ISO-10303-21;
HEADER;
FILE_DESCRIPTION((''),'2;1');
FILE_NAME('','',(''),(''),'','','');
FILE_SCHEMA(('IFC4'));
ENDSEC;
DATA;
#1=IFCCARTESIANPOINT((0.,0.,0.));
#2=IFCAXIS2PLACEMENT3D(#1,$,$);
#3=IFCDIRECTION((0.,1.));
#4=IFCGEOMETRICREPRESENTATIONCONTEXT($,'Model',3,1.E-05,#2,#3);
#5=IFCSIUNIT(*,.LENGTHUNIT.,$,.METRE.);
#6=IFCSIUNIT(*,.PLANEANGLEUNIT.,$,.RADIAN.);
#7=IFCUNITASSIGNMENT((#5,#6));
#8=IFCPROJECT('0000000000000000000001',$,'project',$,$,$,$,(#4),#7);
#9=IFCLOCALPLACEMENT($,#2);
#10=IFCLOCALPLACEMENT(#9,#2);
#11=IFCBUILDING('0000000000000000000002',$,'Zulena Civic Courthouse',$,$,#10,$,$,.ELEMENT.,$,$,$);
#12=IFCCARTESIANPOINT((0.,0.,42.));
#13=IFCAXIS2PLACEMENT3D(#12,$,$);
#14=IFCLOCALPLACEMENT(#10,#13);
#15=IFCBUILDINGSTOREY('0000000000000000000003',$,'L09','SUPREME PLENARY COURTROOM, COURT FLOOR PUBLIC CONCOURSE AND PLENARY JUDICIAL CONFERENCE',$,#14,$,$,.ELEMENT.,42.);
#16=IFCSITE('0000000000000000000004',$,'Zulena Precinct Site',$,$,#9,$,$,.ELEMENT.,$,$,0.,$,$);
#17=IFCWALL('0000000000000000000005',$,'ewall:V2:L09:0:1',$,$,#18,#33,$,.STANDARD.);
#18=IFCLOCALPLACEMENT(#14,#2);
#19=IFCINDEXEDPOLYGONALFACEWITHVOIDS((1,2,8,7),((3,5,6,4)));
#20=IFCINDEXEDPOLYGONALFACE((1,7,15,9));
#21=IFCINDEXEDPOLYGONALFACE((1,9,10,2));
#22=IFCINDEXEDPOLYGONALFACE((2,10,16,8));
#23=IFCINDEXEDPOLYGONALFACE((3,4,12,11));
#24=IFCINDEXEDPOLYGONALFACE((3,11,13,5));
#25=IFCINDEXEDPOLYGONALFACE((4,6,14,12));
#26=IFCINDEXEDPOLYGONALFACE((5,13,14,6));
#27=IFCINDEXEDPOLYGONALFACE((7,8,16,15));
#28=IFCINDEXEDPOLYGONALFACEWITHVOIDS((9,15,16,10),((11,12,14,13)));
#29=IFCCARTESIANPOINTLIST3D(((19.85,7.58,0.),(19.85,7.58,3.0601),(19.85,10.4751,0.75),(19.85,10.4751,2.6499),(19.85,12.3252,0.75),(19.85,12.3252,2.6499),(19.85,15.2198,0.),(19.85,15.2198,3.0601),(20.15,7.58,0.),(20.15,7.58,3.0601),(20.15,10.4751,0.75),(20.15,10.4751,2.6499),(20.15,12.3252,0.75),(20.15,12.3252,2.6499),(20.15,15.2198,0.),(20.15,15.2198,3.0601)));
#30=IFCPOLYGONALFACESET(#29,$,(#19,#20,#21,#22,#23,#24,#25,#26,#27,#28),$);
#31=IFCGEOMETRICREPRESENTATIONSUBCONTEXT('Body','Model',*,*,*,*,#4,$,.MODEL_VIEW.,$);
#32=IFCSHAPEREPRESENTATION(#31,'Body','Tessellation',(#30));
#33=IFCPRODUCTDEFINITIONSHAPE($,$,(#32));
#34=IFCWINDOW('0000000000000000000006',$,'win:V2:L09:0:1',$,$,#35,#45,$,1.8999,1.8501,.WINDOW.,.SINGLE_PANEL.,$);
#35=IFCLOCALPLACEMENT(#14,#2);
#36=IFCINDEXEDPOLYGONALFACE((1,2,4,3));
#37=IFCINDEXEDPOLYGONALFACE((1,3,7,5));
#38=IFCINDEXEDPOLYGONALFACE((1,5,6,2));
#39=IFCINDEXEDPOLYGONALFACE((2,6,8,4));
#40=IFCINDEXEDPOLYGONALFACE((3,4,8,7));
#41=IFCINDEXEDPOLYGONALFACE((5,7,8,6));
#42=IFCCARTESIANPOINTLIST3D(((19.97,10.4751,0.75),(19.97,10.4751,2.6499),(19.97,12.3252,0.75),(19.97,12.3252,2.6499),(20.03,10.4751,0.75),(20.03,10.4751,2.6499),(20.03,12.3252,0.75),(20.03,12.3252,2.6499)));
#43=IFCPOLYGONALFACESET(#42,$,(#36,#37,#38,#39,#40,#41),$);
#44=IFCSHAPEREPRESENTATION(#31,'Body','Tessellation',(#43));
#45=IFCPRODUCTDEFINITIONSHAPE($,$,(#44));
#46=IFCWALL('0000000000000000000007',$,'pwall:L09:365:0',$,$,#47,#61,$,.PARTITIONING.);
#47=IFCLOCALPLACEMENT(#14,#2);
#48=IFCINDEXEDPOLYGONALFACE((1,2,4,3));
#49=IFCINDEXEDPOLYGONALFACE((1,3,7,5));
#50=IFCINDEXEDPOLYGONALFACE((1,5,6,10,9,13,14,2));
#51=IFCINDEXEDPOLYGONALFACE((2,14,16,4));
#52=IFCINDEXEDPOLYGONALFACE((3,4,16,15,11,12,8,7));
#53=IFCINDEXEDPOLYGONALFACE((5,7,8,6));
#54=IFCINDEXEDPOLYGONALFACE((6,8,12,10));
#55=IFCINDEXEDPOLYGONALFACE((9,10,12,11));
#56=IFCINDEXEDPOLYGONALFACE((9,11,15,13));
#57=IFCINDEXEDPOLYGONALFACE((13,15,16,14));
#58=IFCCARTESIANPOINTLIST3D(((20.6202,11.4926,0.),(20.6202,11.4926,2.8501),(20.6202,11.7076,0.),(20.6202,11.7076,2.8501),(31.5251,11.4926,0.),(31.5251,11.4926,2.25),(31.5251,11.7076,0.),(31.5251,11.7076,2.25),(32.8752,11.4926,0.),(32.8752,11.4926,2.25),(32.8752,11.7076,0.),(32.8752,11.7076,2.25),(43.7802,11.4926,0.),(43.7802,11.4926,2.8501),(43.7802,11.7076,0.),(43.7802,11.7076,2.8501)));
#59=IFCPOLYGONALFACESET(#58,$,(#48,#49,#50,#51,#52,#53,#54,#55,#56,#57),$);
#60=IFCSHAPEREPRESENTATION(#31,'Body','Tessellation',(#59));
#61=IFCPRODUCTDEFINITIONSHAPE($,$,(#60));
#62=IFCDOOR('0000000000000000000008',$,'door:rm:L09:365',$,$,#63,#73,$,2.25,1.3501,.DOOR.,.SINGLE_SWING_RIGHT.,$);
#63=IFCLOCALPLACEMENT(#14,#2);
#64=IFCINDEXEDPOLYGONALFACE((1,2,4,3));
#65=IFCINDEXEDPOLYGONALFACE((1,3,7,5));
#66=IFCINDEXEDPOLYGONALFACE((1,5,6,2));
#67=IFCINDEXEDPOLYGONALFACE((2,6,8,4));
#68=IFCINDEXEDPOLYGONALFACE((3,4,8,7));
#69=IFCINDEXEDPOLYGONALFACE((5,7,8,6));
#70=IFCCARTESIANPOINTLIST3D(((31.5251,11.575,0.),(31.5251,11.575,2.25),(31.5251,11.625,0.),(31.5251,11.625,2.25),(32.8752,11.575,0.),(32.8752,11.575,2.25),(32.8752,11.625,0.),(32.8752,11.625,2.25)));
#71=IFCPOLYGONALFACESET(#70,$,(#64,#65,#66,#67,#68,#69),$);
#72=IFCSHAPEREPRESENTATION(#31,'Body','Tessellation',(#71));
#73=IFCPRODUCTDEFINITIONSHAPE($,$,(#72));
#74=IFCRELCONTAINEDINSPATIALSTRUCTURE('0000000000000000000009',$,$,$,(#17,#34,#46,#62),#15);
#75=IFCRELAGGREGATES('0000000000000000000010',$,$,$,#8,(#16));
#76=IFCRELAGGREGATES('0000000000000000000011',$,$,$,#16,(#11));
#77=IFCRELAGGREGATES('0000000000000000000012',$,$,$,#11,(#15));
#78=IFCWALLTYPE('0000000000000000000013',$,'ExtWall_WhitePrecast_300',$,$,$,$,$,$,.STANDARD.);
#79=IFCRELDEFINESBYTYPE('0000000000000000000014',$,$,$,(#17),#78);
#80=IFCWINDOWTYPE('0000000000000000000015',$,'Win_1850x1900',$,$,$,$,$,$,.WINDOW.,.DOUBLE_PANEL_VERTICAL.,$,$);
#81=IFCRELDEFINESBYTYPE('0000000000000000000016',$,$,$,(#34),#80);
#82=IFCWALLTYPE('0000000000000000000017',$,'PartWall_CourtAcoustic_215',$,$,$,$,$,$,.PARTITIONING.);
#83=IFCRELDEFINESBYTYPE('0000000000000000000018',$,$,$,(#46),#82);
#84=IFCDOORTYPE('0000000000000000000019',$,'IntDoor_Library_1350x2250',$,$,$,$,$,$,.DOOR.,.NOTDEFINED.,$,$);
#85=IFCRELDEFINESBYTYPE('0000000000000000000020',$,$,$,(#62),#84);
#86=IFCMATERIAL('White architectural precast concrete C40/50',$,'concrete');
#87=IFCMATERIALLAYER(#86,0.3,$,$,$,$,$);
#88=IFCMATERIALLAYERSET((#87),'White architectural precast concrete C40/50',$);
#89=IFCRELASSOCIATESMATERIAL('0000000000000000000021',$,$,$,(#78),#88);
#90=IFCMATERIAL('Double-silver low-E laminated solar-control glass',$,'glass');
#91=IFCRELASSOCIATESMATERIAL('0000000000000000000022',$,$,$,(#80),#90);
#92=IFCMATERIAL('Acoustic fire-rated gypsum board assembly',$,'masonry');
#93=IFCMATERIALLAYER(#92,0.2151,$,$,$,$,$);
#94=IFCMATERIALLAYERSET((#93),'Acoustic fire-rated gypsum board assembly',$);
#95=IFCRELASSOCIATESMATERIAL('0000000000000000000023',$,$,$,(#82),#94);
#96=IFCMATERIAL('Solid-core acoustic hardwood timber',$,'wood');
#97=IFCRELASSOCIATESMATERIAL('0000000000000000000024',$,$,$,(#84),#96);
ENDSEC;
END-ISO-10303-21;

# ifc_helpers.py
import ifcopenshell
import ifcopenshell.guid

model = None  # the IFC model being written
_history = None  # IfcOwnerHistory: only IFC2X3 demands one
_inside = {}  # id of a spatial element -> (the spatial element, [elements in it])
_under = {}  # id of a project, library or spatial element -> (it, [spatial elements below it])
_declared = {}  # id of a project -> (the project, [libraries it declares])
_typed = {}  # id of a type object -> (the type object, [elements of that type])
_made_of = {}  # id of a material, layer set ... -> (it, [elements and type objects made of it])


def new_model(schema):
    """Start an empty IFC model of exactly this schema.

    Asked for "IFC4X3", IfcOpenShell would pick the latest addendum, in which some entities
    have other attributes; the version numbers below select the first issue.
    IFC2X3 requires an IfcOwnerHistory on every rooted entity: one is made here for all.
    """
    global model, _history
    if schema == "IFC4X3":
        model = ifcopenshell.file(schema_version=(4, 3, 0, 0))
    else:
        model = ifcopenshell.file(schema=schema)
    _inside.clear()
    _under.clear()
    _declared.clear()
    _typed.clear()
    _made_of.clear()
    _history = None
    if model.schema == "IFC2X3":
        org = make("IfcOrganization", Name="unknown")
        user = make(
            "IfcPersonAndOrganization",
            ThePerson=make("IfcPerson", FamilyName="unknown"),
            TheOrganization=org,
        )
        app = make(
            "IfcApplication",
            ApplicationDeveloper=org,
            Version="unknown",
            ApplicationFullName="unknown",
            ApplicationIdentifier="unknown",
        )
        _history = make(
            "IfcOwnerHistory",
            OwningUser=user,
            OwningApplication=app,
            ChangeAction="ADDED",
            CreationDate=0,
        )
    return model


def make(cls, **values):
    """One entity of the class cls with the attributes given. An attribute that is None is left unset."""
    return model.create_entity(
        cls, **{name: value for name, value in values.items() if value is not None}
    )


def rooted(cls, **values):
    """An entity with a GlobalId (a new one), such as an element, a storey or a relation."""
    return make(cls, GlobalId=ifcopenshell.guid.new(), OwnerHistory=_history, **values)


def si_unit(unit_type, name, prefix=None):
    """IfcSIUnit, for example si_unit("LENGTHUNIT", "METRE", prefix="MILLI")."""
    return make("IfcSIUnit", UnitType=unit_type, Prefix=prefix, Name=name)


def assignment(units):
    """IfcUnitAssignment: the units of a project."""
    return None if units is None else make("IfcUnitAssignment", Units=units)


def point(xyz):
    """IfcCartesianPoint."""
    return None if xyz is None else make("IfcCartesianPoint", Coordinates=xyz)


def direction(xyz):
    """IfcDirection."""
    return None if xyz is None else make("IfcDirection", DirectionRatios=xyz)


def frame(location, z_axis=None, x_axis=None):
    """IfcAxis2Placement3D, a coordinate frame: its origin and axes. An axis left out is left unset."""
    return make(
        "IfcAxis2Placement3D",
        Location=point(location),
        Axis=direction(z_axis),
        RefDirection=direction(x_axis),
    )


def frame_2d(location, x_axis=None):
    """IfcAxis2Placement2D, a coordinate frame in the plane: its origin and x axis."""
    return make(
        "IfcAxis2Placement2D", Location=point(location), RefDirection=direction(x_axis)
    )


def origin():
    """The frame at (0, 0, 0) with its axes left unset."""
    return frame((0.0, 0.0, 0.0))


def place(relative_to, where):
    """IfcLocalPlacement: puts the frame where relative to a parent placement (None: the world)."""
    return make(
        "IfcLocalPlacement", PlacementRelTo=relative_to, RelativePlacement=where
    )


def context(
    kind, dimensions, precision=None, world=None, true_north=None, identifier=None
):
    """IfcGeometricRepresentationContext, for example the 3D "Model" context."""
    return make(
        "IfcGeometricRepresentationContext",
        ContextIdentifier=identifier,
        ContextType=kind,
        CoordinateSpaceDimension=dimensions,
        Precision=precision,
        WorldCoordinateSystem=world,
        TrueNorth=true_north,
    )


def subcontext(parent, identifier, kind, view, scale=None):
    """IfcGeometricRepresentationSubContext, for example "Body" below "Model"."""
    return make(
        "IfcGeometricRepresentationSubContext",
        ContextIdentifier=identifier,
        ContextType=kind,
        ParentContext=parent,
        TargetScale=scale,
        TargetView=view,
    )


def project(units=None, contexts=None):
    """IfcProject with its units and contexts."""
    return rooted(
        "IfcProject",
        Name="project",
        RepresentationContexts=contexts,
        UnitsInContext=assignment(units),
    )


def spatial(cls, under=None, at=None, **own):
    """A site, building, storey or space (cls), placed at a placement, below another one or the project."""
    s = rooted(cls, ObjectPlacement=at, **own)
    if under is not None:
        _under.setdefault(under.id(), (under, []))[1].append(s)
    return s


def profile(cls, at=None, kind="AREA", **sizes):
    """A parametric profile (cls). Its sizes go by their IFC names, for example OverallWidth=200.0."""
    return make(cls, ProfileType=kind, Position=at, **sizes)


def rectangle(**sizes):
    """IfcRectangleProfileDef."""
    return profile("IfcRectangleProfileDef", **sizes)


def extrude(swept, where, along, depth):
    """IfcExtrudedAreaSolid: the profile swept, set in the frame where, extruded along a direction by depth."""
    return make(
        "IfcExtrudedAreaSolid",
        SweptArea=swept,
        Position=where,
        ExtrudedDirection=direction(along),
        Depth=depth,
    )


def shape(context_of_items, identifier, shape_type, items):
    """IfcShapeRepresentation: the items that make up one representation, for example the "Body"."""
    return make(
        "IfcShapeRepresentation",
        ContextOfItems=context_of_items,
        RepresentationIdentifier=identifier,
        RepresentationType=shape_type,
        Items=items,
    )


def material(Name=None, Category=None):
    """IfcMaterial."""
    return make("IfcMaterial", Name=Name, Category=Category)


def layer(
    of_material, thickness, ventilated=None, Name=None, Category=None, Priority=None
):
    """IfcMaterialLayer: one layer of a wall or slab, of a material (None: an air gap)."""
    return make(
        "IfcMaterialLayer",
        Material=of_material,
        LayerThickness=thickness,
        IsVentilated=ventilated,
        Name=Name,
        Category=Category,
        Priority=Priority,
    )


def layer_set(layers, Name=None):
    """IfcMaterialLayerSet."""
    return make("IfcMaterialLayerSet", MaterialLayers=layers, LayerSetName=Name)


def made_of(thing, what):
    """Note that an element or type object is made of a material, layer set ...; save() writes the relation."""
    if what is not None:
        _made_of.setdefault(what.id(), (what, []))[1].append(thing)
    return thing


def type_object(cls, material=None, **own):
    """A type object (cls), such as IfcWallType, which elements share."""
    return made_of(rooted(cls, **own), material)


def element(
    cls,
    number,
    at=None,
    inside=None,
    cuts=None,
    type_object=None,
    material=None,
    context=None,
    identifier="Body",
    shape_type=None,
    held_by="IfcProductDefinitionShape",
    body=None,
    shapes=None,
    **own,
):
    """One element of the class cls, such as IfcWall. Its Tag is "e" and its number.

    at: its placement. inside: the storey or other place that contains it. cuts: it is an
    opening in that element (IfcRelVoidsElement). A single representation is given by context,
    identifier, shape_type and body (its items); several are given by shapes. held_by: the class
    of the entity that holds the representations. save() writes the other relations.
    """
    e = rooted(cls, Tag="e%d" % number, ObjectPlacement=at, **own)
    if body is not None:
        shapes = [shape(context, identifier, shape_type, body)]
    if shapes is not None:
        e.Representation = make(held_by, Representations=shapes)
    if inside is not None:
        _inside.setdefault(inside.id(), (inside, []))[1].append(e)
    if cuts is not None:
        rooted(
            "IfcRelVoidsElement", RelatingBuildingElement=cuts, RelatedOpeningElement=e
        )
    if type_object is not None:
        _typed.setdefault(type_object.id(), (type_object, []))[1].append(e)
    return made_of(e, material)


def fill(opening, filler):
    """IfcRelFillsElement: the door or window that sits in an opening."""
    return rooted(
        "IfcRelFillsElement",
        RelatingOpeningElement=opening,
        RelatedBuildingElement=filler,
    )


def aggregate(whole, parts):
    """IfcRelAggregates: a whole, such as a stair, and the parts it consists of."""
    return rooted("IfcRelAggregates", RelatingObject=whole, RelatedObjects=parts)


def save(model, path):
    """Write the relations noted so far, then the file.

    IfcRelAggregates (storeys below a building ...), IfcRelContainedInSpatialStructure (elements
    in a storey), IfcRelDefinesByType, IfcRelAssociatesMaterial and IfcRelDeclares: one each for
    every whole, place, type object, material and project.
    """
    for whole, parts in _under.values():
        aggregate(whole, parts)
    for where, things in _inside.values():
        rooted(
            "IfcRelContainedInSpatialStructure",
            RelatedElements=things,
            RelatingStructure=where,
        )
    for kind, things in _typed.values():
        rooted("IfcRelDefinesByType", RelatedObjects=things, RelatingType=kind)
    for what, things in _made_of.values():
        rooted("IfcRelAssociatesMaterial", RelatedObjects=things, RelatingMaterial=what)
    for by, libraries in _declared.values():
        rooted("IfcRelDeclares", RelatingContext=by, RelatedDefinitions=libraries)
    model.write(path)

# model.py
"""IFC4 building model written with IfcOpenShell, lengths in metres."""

from ifc_helpers import new_model, si_unit, direction, frame, frame_2d, origin, place, context, subcontext, project, spatial, rectangle, extrude, material, layer, layer_set, type_object, element, fill, save


model = new_model("IFC4")

# Units and contexts
model_context = context("Model", 3, precision=1e-05, world=origin(), true_north=direction((0.0, 1.0)))
body_context = subcontext(model_context, "Body", "Model", "MODEL_VIEW")
ifc_project = project(units=[si_unit("LENGTHUNIT", "METRE"), si_unit("PLANEANGLEUNIT", "RADIAN")], contexts=[model_context])

# Site, building, storey
site_placement = place(None, origin())
site = spatial("IfcSite", under=ifc_project, at=site_placement, Name="Zulena Precinct Site", CompositionType="ELEMENT", RefElevation=0.0)
building_placement = place(site_placement, origin())
building = spatial("IfcBuilding", under=site, at=building_placement, Name="Zulena Civic Courthouse", CompositionType="ELEMENT")
storey_placement = place(building_placement, frame((0.0, 0.0, 42.0)))
storey = spatial("IfcBuildingStorey", under=building, at=storey_placement, Name="L09", Description="SUPREME PLENARY COURTROOM, COURT FLOOR PUBLIC CONCOURSE AND PLENARY JUDICIAL CONFERENCE", CompositionType="ELEMENT", Elevation=42.0)

# Shared definitions
ifc_material_1 = material(Name="Double-silver low-E laminated solar-control glass", Category="glass")

# Wall, opening, window
ifc_material_2 = material(Name="White architectural precast concrete C40/50", Category="concrete")
ifc_layer_1 = layer(ifc_material_2, 0.3)
ifc_layer_set_1 = layer_set([ifc_layer_1], Name="White architectural precast concrete C40/50")
wall_type_1 = type_object("IfcWallType", Name="ExtWall_WhitePrecast_300", PredefinedType="STANDARD", material=ifc_layer_set_1)
wall_1_placement = place(storey_placement, frame((20.0, 7.5801, 0.0), z_axis=(0.0, 0.0, 1.0), x_axis=(0.0, 1.0, 0.0)))
wall_1 = element("IfcWall", 1, at=wall_1_placement, inside=storey, type_object=wall_type_1, Name="ewall:V2:L09:0:1", PredefinedType="STANDARD", context=body_context, shape_type="SweptSolid", body=[
    extrude(rectangle(XDim=7.6399, YDim=0.3, at=frame_2d((3.8198, 0.0))), origin(), (0.0, 0.0, 1.0), 3.0601),
])
opening_1_placement = place(wall_1_placement, frame((2.895, 0.0, 0.75)))
opening_1 = element("IfcOpeningElement", 2, at=opening_1_placement, cuts=wall_1, PredefinedType="OPENING", context=body_context, shape_type="SweptSolid", body=[
    extrude(rectangle(XDim=1.8501, YDim=1.8999, at=frame_2d((0.925, 0.95))), frame((0.0, 0.1599, 0.0), z_axis=(0.0, -1.0, 0.0), x_axis=(1.0, 0.0, 0.0)), (0.0, 0.0, 1.0), 0.3201),
])
window_type = type_object("IfcWindowType", Name="Win_1850x1900", PartitioningType="DOUBLE_PANEL_VERTICAL", PredefinedType="WINDOW", material=ifc_material_1)
window_placement = place(opening_1_placement, origin())
window = element("IfcWindow", 3, at=window_placement, inside=storey, type_object=window_type, Name="win:V2:L09:0:1", OverallHeight=1.8999, OverallWidth=1.8501, PartitioningType="SINGLE_PANEL", PredefinedType="WINDOW", context=body_context, shape_type="SweptSolid", body=[
    extrude(rectangle(XDim=1.8501, YDim=1.8999, at=frame_2d((0.925, 0.95))), frame((0.0, 0.03, 0.0), z_axis=(0.0, -1.0, 0.0), x_axis=(1.0, 0.0, 0.0)), (0.0, 0.0, 1.0), 0.0601),
])
fill(opening_1, window)

# Wall, opening, door
ifc_material_3 = material(Name="Acoustic fire-rated gypsum board assembly", Category="masonry")
ifc_layer_2 = layer(ifc_material_3, 0.2151)
ifc_layer_set_2 = layer_set([ifc_layer_2], Name="Acoustic fire-rated gypsum board assembly")
wall_type_2 = type_object("IfcWallType", Name="PartWall_CourtAcoustic_215", PredefinedType="PARTITIONING", material=ifc_layer_set_2)
wall_2_placement = place(storey_placement, frame((20.6201, 11.6001, 0.0), z_axis=(0.0, 0.0, 1.0), x_axis=(1.0, 0.0, 0.0)))
wall_2 = element("IfcWall", 4, at=wall_2_placement, inside=storey, type_object=wall_type_2, Name="pwall:L09:365:0", PredefinedType="PARTITIONING", context=body_context, shape_type="SweptSolid", body=[
    extrude(rectangle(XDim=23.1599, YDim=0.2151, at=frame_2d((11.5801, 0.0))), origin(), (0.0, 0.0, 1.0), 2.8501),
])
opening_2_placement = place(wall_2_placement, frame((10.905, 0.0, 0.0)))
opening_2 = element("IfcOpeningElement", 5, at=opening_2_placement, cuts=wall_2, PredefinedType="OPENING", context=body_context, shape_type="SweptSolid", body=[
    extrude(rectangle(XDim=1.3501, YDim=2.25, at=frame_2d((0.675, 1.125))), frame((0.0, 0.1174, 0.0), z_axis=(0.0, -1.0, 0.0), x_axis=(1.0, 0.0, 0.0)), (0.0, 0.0, 1.0), 0.2351),
])
ifc_material_4 = material(Name="Solid-core acoustic hardwood timber", Category="wood")
door_type_1 = type_object("IfcDoorType", Name="IntDoor_Library_1350x2250", OperationType="NOTDEFINED", PredefinedType="DOOR", material=ifc_material_4)
door_1_placement = place(opening_2_placement, origin())
door_1 = element("IfcDoor", 6, at=door_1_placement, inside=storey, type_object=door_type_1, Name="door:rm:L09:365", OperationType="SINGLE_SWING_RIGHT", OverallHeight=2.25, OverallWidth=1.3501, PredefinedType="DOOR", context=body_context, shape_type="SweptSolid", body=[
    extrude(rectangle(XDim=1.3501, YDim=2.25, at=frame_2d((0.675, 1.125))), frame((0.0, 0.0249, 0.0), z_axis=(0.0, -1.0, 0.0), x_axis=(1.0, 0.0, 0.0)), (0.0, 0.0, 1.0), 0.05),
])
fill(opening_2, door_1)

save(model, "model.ifc")
